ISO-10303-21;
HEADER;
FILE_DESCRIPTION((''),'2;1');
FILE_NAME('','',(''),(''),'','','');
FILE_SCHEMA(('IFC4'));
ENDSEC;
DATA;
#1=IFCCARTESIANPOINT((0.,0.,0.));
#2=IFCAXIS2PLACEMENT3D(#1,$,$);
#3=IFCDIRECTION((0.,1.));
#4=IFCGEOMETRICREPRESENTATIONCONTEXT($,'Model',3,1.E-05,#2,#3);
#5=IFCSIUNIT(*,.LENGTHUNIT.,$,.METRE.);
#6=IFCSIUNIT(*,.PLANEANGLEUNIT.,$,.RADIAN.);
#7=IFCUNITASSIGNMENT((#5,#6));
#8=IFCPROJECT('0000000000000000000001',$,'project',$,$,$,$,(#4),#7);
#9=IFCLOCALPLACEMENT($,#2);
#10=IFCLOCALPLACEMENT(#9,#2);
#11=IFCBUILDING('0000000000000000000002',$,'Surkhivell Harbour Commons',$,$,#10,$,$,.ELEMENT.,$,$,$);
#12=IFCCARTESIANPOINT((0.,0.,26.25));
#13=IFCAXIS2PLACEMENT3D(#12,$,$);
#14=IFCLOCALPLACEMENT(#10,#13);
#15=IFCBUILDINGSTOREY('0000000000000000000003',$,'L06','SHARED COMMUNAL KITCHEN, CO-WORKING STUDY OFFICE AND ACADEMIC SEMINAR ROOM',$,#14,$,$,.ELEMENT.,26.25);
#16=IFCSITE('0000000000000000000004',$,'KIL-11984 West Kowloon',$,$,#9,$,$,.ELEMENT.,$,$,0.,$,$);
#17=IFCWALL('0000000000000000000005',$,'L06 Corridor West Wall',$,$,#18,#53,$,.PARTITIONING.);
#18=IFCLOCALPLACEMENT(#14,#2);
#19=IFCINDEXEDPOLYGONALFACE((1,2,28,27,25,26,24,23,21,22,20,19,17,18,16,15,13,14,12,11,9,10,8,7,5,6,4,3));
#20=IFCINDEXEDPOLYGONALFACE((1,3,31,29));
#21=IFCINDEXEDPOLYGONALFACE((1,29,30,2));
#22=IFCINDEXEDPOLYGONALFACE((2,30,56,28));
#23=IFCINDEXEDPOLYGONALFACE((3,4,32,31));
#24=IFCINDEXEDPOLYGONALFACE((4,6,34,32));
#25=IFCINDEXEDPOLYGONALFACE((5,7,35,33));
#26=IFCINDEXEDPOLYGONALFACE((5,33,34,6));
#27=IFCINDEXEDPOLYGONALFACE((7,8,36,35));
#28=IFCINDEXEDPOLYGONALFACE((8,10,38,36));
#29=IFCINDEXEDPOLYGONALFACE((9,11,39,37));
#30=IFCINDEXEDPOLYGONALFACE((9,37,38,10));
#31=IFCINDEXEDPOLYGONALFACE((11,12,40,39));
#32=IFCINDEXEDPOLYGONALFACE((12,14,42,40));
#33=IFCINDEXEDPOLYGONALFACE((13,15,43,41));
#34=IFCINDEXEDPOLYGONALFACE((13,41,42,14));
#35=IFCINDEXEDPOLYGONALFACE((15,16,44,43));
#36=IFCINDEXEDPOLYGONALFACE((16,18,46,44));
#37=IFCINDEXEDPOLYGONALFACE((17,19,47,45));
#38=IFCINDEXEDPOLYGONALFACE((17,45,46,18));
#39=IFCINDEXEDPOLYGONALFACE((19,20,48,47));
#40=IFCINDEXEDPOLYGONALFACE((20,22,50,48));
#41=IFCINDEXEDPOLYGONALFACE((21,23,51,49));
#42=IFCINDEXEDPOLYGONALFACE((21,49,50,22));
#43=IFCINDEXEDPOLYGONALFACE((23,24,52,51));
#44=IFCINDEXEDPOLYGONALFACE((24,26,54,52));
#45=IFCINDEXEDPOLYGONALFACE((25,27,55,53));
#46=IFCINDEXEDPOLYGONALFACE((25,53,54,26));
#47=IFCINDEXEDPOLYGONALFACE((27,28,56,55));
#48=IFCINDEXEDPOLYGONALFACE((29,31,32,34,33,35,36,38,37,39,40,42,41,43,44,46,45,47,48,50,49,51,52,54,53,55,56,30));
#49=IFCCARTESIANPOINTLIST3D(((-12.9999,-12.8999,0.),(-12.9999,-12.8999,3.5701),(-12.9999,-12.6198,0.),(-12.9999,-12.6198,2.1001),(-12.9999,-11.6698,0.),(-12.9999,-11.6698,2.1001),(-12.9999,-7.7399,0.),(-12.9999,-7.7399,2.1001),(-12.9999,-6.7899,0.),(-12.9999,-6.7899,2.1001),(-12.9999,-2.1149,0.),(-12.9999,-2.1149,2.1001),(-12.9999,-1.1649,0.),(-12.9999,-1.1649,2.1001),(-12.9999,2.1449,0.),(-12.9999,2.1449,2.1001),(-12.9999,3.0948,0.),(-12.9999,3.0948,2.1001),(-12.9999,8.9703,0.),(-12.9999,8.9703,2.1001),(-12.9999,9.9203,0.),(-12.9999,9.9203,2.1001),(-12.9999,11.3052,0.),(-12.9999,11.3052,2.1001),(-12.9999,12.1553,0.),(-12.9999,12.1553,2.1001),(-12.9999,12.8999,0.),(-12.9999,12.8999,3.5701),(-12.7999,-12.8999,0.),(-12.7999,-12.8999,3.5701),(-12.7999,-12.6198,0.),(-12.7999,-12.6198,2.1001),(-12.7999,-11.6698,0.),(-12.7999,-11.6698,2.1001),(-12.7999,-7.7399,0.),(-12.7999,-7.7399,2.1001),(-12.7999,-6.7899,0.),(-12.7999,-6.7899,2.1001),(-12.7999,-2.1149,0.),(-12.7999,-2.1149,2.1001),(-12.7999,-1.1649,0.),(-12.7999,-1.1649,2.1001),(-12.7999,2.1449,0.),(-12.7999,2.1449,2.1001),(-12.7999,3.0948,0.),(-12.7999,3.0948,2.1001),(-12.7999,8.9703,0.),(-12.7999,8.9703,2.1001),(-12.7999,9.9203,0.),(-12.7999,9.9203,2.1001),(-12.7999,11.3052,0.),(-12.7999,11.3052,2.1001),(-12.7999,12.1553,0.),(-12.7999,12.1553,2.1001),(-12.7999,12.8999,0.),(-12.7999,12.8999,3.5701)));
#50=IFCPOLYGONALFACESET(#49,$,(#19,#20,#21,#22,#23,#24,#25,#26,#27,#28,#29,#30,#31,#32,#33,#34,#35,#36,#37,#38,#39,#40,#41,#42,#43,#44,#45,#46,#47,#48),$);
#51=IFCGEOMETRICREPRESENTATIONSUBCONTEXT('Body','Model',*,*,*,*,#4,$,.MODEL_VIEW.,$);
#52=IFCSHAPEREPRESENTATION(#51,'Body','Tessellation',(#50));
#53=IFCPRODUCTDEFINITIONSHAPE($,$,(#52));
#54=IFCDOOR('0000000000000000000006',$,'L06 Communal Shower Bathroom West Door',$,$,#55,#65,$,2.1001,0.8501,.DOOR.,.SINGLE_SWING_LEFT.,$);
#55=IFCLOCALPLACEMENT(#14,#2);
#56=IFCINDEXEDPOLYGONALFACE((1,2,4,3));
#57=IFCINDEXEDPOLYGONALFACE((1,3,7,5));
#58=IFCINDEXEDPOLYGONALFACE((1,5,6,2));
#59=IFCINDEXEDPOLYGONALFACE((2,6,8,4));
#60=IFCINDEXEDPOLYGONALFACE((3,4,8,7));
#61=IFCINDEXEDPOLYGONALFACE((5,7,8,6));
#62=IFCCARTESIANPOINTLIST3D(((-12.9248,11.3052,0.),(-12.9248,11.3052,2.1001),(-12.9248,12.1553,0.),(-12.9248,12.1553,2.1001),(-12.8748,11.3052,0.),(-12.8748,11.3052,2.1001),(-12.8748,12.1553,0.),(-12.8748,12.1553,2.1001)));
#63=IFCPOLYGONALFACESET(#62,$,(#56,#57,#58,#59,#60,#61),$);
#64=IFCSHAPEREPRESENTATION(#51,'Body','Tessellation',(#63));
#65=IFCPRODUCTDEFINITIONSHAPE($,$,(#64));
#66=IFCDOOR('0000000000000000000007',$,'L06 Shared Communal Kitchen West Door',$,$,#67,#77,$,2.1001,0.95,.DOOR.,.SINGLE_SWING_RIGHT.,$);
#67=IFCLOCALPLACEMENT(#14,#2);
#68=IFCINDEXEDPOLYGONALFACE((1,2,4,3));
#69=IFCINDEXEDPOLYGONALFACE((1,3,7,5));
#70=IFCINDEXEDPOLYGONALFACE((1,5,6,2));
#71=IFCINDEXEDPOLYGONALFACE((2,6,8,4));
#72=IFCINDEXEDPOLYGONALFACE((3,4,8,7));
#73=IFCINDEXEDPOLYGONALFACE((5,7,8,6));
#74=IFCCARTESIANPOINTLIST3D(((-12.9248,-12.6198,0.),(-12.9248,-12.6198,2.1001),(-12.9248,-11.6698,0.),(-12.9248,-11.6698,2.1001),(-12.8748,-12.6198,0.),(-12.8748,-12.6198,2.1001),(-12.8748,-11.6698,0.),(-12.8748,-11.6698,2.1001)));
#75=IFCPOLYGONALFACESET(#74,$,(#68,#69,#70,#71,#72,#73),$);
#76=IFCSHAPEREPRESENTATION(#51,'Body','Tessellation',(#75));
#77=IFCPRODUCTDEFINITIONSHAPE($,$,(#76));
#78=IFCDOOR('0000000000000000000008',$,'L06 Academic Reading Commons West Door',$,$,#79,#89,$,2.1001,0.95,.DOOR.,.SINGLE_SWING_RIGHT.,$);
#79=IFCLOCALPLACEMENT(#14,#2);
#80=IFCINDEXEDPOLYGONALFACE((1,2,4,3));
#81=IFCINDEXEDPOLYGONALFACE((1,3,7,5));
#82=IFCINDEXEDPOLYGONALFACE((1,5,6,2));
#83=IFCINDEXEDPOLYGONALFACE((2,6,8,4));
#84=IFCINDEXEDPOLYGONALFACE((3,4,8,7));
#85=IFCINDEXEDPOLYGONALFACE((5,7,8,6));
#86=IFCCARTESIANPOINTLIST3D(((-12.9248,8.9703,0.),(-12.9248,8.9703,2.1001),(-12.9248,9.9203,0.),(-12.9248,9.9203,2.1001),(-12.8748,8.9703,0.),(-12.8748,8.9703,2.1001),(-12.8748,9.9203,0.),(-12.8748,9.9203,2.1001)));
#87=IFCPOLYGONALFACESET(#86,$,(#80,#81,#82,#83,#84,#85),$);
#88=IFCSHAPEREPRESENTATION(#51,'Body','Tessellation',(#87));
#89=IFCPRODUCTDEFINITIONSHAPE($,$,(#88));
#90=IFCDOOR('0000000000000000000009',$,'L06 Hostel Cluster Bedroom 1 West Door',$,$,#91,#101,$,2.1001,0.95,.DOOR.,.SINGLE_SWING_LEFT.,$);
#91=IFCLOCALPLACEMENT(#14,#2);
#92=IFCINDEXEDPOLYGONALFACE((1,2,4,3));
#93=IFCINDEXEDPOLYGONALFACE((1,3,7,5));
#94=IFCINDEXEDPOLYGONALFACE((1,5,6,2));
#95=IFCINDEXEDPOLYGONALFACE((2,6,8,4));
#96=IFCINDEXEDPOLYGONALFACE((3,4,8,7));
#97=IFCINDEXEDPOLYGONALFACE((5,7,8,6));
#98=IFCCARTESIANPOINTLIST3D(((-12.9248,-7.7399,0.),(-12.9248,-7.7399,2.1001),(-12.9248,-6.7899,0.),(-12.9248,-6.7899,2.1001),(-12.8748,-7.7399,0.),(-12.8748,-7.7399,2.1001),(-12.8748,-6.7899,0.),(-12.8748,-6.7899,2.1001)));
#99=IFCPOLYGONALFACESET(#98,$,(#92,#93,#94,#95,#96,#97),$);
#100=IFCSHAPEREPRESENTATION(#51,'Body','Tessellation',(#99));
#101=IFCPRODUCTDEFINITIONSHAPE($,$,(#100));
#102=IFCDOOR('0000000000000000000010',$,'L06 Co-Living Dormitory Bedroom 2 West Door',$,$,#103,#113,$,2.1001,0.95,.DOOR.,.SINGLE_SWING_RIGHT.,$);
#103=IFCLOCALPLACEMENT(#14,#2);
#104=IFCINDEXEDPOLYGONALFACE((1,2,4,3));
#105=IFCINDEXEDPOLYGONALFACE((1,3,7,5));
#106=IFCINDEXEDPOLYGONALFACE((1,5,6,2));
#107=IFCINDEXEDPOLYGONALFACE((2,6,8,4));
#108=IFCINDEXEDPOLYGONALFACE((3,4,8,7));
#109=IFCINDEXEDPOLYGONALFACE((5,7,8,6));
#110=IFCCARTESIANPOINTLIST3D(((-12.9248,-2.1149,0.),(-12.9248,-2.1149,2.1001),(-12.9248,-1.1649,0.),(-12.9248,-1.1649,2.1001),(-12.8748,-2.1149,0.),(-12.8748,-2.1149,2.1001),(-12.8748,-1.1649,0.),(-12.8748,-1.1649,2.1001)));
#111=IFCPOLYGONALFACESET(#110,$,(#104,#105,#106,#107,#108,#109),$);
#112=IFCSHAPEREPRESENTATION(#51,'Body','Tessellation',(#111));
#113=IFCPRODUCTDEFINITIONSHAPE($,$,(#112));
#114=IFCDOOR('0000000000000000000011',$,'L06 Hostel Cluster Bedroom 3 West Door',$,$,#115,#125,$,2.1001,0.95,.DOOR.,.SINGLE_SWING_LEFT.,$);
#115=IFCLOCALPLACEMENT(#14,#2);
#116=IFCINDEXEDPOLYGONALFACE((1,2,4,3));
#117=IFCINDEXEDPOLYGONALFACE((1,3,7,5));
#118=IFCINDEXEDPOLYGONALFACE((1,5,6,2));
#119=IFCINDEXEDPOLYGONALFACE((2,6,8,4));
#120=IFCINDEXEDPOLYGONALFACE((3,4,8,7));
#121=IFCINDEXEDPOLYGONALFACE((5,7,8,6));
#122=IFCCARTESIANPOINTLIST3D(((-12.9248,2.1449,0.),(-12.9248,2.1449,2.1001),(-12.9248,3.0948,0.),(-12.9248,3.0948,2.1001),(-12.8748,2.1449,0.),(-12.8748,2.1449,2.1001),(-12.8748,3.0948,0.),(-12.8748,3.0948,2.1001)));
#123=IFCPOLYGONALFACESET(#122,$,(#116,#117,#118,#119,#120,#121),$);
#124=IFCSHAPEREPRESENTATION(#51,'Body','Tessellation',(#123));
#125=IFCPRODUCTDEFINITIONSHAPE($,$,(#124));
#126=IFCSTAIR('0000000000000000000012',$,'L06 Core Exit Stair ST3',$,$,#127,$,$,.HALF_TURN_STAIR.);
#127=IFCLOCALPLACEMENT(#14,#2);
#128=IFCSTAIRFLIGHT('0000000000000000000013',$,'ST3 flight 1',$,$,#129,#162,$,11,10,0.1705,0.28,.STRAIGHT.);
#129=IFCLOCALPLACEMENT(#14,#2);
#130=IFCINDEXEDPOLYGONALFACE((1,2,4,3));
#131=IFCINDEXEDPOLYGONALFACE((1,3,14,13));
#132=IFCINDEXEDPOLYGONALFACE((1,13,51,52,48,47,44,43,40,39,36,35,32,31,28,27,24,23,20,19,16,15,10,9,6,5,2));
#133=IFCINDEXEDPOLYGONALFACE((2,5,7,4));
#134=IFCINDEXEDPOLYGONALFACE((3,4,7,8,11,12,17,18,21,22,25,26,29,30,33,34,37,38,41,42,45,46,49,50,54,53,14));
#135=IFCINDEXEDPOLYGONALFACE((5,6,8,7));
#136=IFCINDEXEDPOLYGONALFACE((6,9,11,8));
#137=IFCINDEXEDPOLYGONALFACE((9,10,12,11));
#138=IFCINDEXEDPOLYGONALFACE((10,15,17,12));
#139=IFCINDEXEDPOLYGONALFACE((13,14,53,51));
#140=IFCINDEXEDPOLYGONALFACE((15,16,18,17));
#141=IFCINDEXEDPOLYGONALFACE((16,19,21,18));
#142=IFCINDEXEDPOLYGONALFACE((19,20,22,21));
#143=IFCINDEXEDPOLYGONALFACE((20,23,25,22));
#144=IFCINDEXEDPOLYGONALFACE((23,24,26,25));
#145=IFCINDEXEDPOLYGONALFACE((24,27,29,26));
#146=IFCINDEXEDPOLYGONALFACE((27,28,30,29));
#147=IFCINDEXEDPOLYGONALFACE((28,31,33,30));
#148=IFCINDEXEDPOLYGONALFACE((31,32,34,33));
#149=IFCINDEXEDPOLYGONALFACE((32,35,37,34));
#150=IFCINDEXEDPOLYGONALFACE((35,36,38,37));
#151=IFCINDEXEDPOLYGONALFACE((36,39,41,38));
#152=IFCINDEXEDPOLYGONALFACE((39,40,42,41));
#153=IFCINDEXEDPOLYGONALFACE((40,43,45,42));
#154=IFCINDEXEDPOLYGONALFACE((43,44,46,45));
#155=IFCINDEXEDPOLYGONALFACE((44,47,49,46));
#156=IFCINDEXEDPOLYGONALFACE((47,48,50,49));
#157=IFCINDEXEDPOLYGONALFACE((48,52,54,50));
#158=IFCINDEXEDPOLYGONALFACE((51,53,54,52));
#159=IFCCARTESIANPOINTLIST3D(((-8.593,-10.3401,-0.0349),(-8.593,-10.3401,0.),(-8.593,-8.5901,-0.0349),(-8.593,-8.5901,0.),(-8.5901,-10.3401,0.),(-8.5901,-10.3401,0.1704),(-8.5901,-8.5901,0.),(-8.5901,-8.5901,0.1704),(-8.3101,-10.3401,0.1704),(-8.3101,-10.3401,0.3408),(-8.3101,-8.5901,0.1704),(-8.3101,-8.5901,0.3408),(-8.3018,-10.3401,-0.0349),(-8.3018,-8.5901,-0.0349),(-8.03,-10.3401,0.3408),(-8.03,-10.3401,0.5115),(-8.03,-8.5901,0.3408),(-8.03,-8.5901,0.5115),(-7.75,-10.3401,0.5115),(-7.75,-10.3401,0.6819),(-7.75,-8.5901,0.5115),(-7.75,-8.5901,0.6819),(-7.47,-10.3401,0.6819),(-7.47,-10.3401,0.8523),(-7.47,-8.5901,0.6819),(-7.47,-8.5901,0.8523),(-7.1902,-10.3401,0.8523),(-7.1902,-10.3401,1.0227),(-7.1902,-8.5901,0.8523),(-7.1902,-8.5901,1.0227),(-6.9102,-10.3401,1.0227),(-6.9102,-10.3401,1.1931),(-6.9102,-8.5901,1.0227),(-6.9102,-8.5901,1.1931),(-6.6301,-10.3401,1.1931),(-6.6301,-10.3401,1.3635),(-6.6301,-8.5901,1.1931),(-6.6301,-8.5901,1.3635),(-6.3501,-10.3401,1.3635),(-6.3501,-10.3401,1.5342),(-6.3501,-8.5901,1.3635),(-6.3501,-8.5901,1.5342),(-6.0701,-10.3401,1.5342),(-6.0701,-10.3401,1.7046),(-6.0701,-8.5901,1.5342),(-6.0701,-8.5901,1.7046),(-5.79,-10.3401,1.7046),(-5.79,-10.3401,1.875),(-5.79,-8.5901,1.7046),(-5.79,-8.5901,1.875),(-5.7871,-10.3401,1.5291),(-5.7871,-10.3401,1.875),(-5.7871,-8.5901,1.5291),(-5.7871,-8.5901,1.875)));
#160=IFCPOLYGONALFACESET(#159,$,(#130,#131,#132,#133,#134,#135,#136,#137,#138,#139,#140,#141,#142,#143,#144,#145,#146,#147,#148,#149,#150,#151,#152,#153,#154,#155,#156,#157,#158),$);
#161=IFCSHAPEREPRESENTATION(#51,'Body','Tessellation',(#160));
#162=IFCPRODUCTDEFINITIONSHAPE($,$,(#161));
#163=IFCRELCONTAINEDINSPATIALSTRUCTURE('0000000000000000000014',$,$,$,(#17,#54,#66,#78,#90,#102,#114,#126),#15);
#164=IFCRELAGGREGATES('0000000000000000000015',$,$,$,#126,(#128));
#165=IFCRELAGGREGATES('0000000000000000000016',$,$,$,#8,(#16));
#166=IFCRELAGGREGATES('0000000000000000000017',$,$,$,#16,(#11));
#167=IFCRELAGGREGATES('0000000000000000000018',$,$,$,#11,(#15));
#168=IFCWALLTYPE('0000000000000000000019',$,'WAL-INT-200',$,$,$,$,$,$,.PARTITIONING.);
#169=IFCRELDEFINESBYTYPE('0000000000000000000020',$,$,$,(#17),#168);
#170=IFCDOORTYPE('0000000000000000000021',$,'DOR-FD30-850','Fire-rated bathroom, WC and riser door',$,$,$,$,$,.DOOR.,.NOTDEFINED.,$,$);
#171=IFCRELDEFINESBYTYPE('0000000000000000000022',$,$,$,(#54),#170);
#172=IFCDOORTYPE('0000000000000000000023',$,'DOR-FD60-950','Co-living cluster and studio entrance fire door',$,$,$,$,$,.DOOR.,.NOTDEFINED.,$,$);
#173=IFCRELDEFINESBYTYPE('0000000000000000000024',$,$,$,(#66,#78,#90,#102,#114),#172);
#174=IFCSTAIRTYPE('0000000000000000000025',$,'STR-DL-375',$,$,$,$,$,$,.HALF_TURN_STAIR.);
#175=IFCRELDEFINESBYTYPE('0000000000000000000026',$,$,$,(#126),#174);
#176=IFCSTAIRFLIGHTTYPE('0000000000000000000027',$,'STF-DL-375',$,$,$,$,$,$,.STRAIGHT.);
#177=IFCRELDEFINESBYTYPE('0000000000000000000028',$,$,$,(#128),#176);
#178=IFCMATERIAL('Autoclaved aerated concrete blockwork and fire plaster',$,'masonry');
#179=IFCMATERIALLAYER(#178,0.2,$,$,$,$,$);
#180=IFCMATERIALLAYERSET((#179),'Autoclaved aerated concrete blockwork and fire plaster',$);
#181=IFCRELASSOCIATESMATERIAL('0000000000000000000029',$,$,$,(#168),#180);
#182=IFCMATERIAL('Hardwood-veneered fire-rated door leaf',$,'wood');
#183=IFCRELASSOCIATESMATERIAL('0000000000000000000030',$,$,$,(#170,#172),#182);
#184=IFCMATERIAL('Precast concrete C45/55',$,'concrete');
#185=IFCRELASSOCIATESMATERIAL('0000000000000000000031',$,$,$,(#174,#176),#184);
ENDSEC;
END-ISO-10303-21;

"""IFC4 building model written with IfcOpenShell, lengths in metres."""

from ifc_helpers import new_model, si_unit, direction, frame, frame_2d, origin, place, context, subcontext, project, spatial, polyline, rectangle, outline, extrude, material, layer, layer_set, type_object, element, fill, aggregate, save


model = new_model("IFC4")

# Units and contexts
model_context = context("Model", 3, precision=1e-05, world=origin(), true_north=direction((0.0, 1.0)))
body_context = subcontext(model_context, "Body", "Model", "MODEL_VIEW")
ifc_project = project(units=[si_unit("LENGTHUNIT", "METRE"), si_unit("PLANEANGLEUNIT", "RADIAN")], contexts=[model_context])

# Site, building, storey
site_placement = place(None, origin())
site = spatial("IfcSite", under=ifc_project, at=site_placement, Name="KIL-11984 West Kowloon", CompositionType="ELEMENT", RefElevation=0.0)
building_placement = place(site_placement, origin())
building = spatial("IfcBuilding", under=site, at=building_placement, Name="Surkhivell Harbour Commons", CompositionType="ELEMENT")
storey_placement = place(building_placement, frame((0.0, 0.0, 26.25)))
storey = spatial("IfcBuildingStorey", under=building, at=storey_placement, Name="L06", Description="SHARED COMMUNAL KITCHEN, CO-WORKING STUDY OFFICE AND ACADEMIC SEMINAR ROOM", CompositionType="ELEMENT", Elevation=26.25)

# Wall, openings, doors
ifc_material_1 = material(Name="Autoclaved aerated concrete blockwork and fire plaster", Category="masonry")
ifc_layer_1 = layer(ifc_material_1, 0.2)
ifc_layer_set_1 = layer_set([ifc_layer_1], Name="Autoclaved aerated concrete blockwork and fire plaster")
wall_type_1 = type_object("IfcWallType", Name="WAL-INT-200", PredefinedType="PARTITIONING", material=ifc_layer_set_1)
ifc_material_2 = material(Name="Hardwood-veneered fire-rated door leaf", Category="wood")
door_type_1 = type_object("IfcDoorType", Name="DOR-FD30-850", Description="Fire-rated bathroom, WC and riser door", OperationType="NOTDEFINED", PredefinedType="DOOR", material=ifc_material_2)
wall_1_placement = place(storey_placement, frame((-12.8999, -12.8999, 0.0), z_axis=(0.0, 0.0, 1.0), x_axis=(0.0, 1.0, 0.0)))
wall_1 = element("IfcWall", 1, at=wall_1_placement, inside=storey, type_object=wall_type_1, Name="L06 Corridor West Wall", PredefinedType="PARTITIONING", context=body_context, shape_type="SweptSolid", body=[
    extrude(rectangle(XDim=25.7998, YDim=0.2, at=frame_2d((12.8999, 0.0))), origin(), (0.0, 0.0, 1.0), 3.5701),
])
opening_1_placement = place(wall_1_placement, frame((0.28, 0.0, 0.0)))
opening_1 = element("IfcOpeningElement", 2, at=opening_1_placement, cuts=wall_1, PredefinedType="OPENING", context=body_context, shape_type="SweptSolid", body=[
    extrude(rectangle(XDim=0.95, YDim=2.1001, at=frame_2d((0.4751, 1.05))), frame((0.0, 0.1099, 0.0), z_axis=(0.0, -1.0, 0.0), x_axis=(1.0, 0.0, 0.0)), (0.0, 0.0, 1.0), 0.22),
])
opening_2_placement = place(wall_1_placement, frame((24.2051, 0.0, 0.0)))
opening_2 = element("IfcOpeningElement", 3, at=opening_2_placement, cuts=wall_1, PredefinedType="OPENING", context=body_context, shape_type="SweptSolid", body=[
    extrude(rectangle(XDim=0.8501, YDim=2.1001, at=frame_2d((0.425, 1.05))), frame((0.0, 0.1099, 0.0), z_axis=(0.0, -1.0, 0.0), x_axis=(1.0, 0.0, 0.0)), (0.0, 0.0, 1.0), 0.22),
])
opening_3_placement = place(wall_1_placement, frame((21.8701, 0.0, 0.0)))
opening_3 = element("IfcOpeningElement", 4, at=opening_3_placement, cuts=wall_1, PredefinedType="OPENING", context=body_context, shape_type="SweptSolid", body=[
    extrude(rectangle(XDim=0.95, YDim=2.1001, at=frame_2d((0.4751, 1.05))), frame((0.0, 0.1099, 0.0), z_axis=(0.0, -1.0, 0.0), x_axis=(1.0, 0.0, 0.0)), (0.0, 0.0, 1.0), 0.22),
])
opening_4_placement = place(wall_1_placement, frame((5.1599, 0.0, 0.0)))
opening_4 = element("IfcOpeningElement", 5, at=opening_4_placement, cuts=wall_1, PredefinedType="OPENING", context=body_context, shape_type="SweptSolid", body=[
    extrude(rectangle(XDim=0.95, YDim=2.1001, at=frame_2d((0.4751, 1.05))), frame((0.0, 0.1099, 0.0), z_axis=(0.0, -1.0, 0.0), x_axis=(1.0, 0.0, 0.0)), (0.0, 0.0, 1.0), 0.22),
])
opening_5_placement = place(wall_1_placement, frame((10.7849, 0.0, 0.0)))
opening_5 = element("IfcOpeningElement", 6, at=opening_5_placement, cuts=wall_1, PredefinedType="OPENING", context=body_context, shape_type="SweptSolid", body=[
    extrude(rectangle(XDim=0.95, YDim=2.1001, at=frame_2d((0.4751, 1.05))), frame((0.0, 0.1099, 0.0), z_axis=(0.0, -1.0, 0.0), x_axis=(1.0, 0.0, 0.0)), (0.0, 0.0, 1.0), 0.22),
])
opening_6_placement = place(wall_1_placement, frame((15.0447, 0.0, 0.0)))
opening_6 = element("IfcOpeningElement", 7, at=opening_6_placement, cuts=wall_1, PredefinedType="OPENING", context=body_context, shape_type="SweptSolid", body=[
    extrude(rectangle(XDim=0.95, YDim=2.1001, at=frame_2d((0.4751, 1.05))), frame((0.0, 0.1099, 0.0), z_axis=(0.0, -1.0, 0.0), x_axis=(1.0, 0.0, 0.0)), (0.0, 0.0, 1.0), 0.22),
])
door_1_placement = place(opening_2_placement, origin())
door_1 = element("IfcDoor", 8, at=door_1_placement, inside=storey, type_object=door_type_1, Name="L06 Communal Shower Bathroom West Door", OperationType="SINGLE_SWING_LEFT", OverallHeight=2.1001, OverallWidth=0.8501, PredefinedType="DOOR", context=body_context, shape_type="SweptSolid", body=[
    extrude(rectangle(XDim=0.8501, YDim=2.1001, at=frame_2d((0.425, 1.05))), frame((0.0, 0.0249, 0.0), z_axis=(0.0, -1.0, 0.0), x_axis=(1.0, 0.0, 0.0)), (0.0, 0.0, 1.0), 0.05),
])
fill(opening_2, door_1)
door_type_2 = type_object("IfcDoorType", Name="DOR-FD60-950", Description="Co-living cluster and studio entrance fire door", OperationType="NOTDEFINED", PredefinedType="DOOR", material=ifc_material_2)
door_2_placement = place(opening_1_placement, origin())
door_2 = element("IfcDoor", 9, at=door_2_placement, inside=storey, type_object=door_type_2, Name="L06 Shared Communal Kitchen West Door", OperationType="SINGLE_SWING_RIGHT", OverallHeight=2.1001, OverallWidth=0.95, PredefinedType="DOOR", context=body_context, shape_type="SweptSolid", body=[
    extrude(rectangle(XDim=0.95, YDim=2.1001, at=frame_2d((0.4751, 1.05))), frame((0.0, 0.0249, 0.0), z_axis=(0.0, -1.0, 0.0), x_axis=(1.0, 0.0, 0.0)), (0.0, 0.0, 1.0), 0.05),
])
fill(opening_1, door_2)
door_3_placement = place(opening_3_placement, origin())
door_3 = element("IfcDoor", 10, at=door_3_placement, inside=storey, type_object=door_type_2, Name="L06 Academic Reading Commons West Door", OperationType="SINGLE_SWING_RIGHT", OverallHeight=2.1001, OverallWidth=0.95, PredefinedType="DOOR", context=body_context, shape_type="SweptSolid", body=[
    extrude(rectangle(XDim=0.95, YDim=2.1001, at=frame_2d((0.4751, 1.05))), frame((0.0, 0.0249, 0.0), z_axis=(0.0, -1.0, 0.0), x_axis=(1.0, 0.0, 0.0)), (0.0, 0.0, 1.0), 0.05),
])
fill(opening_3, door_3)
door_4_placement = place(opening_4_placement, origin())
door_4 = element("IfcDoor", 11, at=door_4_placement, inside=storey, type_object=door_type_2, Name="L06 Hostel Cluster Bedroom 1 West Door", OperationType="SINGLE_SWING_LEFT", OverallHeight=2.1001, OverallWidth=0.95, PredefinedType="DOOR", context=body_context, shape_type="SweptSolid", body=[
    extrude(rectangle(XDim=0.95, YDim=2.1001, at=frame_2d((0.4751, 1.05))), frame((0.0, 0.0249, 0.0), z_axis=(0.0, -1.0, 0.0), x_axis=(1.0, 0.0, 0.0)), (0.0, 0.0, 1.0), 0.05),
])
fill(opening_4, door_4)
door_5_placement = place(opening_5_placement, origin())
door_5 = element("IfcDoor", 12, at=door_5_placement, inside=storey, type_object=door_type_2, Name="L06 Co-Living Dormitory Bedroom 2 West Door", OperationType="SINGLE_SWING_RIGHT", OverallHeight=2.1001, OverallWidth=0.95, PredefinedType="DOOR", context=body_context, shape_type="SweptSolid", body=[
    extrude(rectangle(XDim=0.95, YDim=2.1001, at=frame_2d((0.4751, 1.05))), frame((0.0, 0.0249, 0.0), z_axis=(0.0, -1.0, 0.0), x_axis=(1.0, 0.0, 0.0)), (0.0, 0.0, 1.0), 0.05),
])
fill(opening_5, door_5)
door_6_placement = place(opening_6_placement, origin())
door_6 = element("IfcDoor", 13, at=door_6_placement, inside=storey, type_object=door_type_2, Name="L06 Hostel Cluster Bedroom 3 West Door", OperationType="SINGLE_SWING_LEFT", OverallHeight=2.1001, OverallWidth=0.95, PredefinedType="DOOR", context=body_context, shape_type="SweptSolid", body=[
    extrude(rectangle(XDim=0.95, YDim=2.1001, at=frame_2d((0.4751, 1.05))), frame((0.0, 0.0249, 0.0), z_axis=(0.0, -1.0, 0.0), x_axis=(1.0, 0.0, 0.0)), (0.0, 0.0, 1.0), 0.05),
])
fill(opening_6, door_6)

# Stair, stair flight
ifc_material_3 = material(Name="Precast concrete C45/55", Category="concrete")
stair_type = type_object("IfcStairType", Name="STR-DL-375", PredefinedType="HALF_TURN_STAIR", material=ifc_material_3)
stair_placement = place(storey_placement, origin())
stair = element("IfcStair", 14, at=stair_placement, inside=storey, type_object=stair_type, Name="L06 Core Exit Stair ST3", PredefinedType="HALF_TURN_STAIR")
stair_flight_type = type_object("IfcStairFlightType", Name="STF-DL-375", PredefinedType="STRAIGHT", material=ifc_material_3)
stair_flight_placement = place(storey_placement, frame((-8.5901, -9.4651, 0.0), z_axis=(0.0, 0.0, 1.0), x_axis=(1.0, 0.0, 0.0)))
stair_flight = element("IfcStairFlight", 15, at=stair_flight_placement, type_object=stair_flight_type, Name="ST3 flight 1", NumberOfRisers=11, NumberOfTreads=10, PredefinedType="STRAIGHT", RiserHeight=0.1705, TreadLength=0.28, context=body_context, shape_type="SweptSolid", body=[
    extrude(outline(polyline([(-0.0029, -0.0349), (-0.0029, 0.0), (0.0, 0.0), (0.0, 0.1704), (0.28, 0.1704), (0.28, 0.3408), (0.5601, 0.3408), (0.5601, 0.5115), (0.8401, 0.5115), (0.8401, 0.6819), (1.1201, 0.6819), (1.1201, 0.8523), (1.3999, 0.8523), (1.3999, 1.0227), (1.6799, 1.0227), (1.6799, 1.1931), (1.96, 1.1931), (1.96, 1.3635), (2.24, 1.3635), (2.24, 1.5342), (2.52, 1.5342), (2.52, 1.7046), (2.8, 1.7046), (2.8, 1.875), (2.803, 1.875), (2.803, 1.5291), (0.2883, -0.0349), (-0.0029, -0.0349)])), frame((0.0, 0.875, 0.0), z_axis=(0.0, -1.0, 0.0), x_axis=(1.0, 0.0, 0.0)), (0.0, 0.0, 1.0), 1.75),
])
aggregate(stair, [stair_flight])

save(model, "model.ifc")
